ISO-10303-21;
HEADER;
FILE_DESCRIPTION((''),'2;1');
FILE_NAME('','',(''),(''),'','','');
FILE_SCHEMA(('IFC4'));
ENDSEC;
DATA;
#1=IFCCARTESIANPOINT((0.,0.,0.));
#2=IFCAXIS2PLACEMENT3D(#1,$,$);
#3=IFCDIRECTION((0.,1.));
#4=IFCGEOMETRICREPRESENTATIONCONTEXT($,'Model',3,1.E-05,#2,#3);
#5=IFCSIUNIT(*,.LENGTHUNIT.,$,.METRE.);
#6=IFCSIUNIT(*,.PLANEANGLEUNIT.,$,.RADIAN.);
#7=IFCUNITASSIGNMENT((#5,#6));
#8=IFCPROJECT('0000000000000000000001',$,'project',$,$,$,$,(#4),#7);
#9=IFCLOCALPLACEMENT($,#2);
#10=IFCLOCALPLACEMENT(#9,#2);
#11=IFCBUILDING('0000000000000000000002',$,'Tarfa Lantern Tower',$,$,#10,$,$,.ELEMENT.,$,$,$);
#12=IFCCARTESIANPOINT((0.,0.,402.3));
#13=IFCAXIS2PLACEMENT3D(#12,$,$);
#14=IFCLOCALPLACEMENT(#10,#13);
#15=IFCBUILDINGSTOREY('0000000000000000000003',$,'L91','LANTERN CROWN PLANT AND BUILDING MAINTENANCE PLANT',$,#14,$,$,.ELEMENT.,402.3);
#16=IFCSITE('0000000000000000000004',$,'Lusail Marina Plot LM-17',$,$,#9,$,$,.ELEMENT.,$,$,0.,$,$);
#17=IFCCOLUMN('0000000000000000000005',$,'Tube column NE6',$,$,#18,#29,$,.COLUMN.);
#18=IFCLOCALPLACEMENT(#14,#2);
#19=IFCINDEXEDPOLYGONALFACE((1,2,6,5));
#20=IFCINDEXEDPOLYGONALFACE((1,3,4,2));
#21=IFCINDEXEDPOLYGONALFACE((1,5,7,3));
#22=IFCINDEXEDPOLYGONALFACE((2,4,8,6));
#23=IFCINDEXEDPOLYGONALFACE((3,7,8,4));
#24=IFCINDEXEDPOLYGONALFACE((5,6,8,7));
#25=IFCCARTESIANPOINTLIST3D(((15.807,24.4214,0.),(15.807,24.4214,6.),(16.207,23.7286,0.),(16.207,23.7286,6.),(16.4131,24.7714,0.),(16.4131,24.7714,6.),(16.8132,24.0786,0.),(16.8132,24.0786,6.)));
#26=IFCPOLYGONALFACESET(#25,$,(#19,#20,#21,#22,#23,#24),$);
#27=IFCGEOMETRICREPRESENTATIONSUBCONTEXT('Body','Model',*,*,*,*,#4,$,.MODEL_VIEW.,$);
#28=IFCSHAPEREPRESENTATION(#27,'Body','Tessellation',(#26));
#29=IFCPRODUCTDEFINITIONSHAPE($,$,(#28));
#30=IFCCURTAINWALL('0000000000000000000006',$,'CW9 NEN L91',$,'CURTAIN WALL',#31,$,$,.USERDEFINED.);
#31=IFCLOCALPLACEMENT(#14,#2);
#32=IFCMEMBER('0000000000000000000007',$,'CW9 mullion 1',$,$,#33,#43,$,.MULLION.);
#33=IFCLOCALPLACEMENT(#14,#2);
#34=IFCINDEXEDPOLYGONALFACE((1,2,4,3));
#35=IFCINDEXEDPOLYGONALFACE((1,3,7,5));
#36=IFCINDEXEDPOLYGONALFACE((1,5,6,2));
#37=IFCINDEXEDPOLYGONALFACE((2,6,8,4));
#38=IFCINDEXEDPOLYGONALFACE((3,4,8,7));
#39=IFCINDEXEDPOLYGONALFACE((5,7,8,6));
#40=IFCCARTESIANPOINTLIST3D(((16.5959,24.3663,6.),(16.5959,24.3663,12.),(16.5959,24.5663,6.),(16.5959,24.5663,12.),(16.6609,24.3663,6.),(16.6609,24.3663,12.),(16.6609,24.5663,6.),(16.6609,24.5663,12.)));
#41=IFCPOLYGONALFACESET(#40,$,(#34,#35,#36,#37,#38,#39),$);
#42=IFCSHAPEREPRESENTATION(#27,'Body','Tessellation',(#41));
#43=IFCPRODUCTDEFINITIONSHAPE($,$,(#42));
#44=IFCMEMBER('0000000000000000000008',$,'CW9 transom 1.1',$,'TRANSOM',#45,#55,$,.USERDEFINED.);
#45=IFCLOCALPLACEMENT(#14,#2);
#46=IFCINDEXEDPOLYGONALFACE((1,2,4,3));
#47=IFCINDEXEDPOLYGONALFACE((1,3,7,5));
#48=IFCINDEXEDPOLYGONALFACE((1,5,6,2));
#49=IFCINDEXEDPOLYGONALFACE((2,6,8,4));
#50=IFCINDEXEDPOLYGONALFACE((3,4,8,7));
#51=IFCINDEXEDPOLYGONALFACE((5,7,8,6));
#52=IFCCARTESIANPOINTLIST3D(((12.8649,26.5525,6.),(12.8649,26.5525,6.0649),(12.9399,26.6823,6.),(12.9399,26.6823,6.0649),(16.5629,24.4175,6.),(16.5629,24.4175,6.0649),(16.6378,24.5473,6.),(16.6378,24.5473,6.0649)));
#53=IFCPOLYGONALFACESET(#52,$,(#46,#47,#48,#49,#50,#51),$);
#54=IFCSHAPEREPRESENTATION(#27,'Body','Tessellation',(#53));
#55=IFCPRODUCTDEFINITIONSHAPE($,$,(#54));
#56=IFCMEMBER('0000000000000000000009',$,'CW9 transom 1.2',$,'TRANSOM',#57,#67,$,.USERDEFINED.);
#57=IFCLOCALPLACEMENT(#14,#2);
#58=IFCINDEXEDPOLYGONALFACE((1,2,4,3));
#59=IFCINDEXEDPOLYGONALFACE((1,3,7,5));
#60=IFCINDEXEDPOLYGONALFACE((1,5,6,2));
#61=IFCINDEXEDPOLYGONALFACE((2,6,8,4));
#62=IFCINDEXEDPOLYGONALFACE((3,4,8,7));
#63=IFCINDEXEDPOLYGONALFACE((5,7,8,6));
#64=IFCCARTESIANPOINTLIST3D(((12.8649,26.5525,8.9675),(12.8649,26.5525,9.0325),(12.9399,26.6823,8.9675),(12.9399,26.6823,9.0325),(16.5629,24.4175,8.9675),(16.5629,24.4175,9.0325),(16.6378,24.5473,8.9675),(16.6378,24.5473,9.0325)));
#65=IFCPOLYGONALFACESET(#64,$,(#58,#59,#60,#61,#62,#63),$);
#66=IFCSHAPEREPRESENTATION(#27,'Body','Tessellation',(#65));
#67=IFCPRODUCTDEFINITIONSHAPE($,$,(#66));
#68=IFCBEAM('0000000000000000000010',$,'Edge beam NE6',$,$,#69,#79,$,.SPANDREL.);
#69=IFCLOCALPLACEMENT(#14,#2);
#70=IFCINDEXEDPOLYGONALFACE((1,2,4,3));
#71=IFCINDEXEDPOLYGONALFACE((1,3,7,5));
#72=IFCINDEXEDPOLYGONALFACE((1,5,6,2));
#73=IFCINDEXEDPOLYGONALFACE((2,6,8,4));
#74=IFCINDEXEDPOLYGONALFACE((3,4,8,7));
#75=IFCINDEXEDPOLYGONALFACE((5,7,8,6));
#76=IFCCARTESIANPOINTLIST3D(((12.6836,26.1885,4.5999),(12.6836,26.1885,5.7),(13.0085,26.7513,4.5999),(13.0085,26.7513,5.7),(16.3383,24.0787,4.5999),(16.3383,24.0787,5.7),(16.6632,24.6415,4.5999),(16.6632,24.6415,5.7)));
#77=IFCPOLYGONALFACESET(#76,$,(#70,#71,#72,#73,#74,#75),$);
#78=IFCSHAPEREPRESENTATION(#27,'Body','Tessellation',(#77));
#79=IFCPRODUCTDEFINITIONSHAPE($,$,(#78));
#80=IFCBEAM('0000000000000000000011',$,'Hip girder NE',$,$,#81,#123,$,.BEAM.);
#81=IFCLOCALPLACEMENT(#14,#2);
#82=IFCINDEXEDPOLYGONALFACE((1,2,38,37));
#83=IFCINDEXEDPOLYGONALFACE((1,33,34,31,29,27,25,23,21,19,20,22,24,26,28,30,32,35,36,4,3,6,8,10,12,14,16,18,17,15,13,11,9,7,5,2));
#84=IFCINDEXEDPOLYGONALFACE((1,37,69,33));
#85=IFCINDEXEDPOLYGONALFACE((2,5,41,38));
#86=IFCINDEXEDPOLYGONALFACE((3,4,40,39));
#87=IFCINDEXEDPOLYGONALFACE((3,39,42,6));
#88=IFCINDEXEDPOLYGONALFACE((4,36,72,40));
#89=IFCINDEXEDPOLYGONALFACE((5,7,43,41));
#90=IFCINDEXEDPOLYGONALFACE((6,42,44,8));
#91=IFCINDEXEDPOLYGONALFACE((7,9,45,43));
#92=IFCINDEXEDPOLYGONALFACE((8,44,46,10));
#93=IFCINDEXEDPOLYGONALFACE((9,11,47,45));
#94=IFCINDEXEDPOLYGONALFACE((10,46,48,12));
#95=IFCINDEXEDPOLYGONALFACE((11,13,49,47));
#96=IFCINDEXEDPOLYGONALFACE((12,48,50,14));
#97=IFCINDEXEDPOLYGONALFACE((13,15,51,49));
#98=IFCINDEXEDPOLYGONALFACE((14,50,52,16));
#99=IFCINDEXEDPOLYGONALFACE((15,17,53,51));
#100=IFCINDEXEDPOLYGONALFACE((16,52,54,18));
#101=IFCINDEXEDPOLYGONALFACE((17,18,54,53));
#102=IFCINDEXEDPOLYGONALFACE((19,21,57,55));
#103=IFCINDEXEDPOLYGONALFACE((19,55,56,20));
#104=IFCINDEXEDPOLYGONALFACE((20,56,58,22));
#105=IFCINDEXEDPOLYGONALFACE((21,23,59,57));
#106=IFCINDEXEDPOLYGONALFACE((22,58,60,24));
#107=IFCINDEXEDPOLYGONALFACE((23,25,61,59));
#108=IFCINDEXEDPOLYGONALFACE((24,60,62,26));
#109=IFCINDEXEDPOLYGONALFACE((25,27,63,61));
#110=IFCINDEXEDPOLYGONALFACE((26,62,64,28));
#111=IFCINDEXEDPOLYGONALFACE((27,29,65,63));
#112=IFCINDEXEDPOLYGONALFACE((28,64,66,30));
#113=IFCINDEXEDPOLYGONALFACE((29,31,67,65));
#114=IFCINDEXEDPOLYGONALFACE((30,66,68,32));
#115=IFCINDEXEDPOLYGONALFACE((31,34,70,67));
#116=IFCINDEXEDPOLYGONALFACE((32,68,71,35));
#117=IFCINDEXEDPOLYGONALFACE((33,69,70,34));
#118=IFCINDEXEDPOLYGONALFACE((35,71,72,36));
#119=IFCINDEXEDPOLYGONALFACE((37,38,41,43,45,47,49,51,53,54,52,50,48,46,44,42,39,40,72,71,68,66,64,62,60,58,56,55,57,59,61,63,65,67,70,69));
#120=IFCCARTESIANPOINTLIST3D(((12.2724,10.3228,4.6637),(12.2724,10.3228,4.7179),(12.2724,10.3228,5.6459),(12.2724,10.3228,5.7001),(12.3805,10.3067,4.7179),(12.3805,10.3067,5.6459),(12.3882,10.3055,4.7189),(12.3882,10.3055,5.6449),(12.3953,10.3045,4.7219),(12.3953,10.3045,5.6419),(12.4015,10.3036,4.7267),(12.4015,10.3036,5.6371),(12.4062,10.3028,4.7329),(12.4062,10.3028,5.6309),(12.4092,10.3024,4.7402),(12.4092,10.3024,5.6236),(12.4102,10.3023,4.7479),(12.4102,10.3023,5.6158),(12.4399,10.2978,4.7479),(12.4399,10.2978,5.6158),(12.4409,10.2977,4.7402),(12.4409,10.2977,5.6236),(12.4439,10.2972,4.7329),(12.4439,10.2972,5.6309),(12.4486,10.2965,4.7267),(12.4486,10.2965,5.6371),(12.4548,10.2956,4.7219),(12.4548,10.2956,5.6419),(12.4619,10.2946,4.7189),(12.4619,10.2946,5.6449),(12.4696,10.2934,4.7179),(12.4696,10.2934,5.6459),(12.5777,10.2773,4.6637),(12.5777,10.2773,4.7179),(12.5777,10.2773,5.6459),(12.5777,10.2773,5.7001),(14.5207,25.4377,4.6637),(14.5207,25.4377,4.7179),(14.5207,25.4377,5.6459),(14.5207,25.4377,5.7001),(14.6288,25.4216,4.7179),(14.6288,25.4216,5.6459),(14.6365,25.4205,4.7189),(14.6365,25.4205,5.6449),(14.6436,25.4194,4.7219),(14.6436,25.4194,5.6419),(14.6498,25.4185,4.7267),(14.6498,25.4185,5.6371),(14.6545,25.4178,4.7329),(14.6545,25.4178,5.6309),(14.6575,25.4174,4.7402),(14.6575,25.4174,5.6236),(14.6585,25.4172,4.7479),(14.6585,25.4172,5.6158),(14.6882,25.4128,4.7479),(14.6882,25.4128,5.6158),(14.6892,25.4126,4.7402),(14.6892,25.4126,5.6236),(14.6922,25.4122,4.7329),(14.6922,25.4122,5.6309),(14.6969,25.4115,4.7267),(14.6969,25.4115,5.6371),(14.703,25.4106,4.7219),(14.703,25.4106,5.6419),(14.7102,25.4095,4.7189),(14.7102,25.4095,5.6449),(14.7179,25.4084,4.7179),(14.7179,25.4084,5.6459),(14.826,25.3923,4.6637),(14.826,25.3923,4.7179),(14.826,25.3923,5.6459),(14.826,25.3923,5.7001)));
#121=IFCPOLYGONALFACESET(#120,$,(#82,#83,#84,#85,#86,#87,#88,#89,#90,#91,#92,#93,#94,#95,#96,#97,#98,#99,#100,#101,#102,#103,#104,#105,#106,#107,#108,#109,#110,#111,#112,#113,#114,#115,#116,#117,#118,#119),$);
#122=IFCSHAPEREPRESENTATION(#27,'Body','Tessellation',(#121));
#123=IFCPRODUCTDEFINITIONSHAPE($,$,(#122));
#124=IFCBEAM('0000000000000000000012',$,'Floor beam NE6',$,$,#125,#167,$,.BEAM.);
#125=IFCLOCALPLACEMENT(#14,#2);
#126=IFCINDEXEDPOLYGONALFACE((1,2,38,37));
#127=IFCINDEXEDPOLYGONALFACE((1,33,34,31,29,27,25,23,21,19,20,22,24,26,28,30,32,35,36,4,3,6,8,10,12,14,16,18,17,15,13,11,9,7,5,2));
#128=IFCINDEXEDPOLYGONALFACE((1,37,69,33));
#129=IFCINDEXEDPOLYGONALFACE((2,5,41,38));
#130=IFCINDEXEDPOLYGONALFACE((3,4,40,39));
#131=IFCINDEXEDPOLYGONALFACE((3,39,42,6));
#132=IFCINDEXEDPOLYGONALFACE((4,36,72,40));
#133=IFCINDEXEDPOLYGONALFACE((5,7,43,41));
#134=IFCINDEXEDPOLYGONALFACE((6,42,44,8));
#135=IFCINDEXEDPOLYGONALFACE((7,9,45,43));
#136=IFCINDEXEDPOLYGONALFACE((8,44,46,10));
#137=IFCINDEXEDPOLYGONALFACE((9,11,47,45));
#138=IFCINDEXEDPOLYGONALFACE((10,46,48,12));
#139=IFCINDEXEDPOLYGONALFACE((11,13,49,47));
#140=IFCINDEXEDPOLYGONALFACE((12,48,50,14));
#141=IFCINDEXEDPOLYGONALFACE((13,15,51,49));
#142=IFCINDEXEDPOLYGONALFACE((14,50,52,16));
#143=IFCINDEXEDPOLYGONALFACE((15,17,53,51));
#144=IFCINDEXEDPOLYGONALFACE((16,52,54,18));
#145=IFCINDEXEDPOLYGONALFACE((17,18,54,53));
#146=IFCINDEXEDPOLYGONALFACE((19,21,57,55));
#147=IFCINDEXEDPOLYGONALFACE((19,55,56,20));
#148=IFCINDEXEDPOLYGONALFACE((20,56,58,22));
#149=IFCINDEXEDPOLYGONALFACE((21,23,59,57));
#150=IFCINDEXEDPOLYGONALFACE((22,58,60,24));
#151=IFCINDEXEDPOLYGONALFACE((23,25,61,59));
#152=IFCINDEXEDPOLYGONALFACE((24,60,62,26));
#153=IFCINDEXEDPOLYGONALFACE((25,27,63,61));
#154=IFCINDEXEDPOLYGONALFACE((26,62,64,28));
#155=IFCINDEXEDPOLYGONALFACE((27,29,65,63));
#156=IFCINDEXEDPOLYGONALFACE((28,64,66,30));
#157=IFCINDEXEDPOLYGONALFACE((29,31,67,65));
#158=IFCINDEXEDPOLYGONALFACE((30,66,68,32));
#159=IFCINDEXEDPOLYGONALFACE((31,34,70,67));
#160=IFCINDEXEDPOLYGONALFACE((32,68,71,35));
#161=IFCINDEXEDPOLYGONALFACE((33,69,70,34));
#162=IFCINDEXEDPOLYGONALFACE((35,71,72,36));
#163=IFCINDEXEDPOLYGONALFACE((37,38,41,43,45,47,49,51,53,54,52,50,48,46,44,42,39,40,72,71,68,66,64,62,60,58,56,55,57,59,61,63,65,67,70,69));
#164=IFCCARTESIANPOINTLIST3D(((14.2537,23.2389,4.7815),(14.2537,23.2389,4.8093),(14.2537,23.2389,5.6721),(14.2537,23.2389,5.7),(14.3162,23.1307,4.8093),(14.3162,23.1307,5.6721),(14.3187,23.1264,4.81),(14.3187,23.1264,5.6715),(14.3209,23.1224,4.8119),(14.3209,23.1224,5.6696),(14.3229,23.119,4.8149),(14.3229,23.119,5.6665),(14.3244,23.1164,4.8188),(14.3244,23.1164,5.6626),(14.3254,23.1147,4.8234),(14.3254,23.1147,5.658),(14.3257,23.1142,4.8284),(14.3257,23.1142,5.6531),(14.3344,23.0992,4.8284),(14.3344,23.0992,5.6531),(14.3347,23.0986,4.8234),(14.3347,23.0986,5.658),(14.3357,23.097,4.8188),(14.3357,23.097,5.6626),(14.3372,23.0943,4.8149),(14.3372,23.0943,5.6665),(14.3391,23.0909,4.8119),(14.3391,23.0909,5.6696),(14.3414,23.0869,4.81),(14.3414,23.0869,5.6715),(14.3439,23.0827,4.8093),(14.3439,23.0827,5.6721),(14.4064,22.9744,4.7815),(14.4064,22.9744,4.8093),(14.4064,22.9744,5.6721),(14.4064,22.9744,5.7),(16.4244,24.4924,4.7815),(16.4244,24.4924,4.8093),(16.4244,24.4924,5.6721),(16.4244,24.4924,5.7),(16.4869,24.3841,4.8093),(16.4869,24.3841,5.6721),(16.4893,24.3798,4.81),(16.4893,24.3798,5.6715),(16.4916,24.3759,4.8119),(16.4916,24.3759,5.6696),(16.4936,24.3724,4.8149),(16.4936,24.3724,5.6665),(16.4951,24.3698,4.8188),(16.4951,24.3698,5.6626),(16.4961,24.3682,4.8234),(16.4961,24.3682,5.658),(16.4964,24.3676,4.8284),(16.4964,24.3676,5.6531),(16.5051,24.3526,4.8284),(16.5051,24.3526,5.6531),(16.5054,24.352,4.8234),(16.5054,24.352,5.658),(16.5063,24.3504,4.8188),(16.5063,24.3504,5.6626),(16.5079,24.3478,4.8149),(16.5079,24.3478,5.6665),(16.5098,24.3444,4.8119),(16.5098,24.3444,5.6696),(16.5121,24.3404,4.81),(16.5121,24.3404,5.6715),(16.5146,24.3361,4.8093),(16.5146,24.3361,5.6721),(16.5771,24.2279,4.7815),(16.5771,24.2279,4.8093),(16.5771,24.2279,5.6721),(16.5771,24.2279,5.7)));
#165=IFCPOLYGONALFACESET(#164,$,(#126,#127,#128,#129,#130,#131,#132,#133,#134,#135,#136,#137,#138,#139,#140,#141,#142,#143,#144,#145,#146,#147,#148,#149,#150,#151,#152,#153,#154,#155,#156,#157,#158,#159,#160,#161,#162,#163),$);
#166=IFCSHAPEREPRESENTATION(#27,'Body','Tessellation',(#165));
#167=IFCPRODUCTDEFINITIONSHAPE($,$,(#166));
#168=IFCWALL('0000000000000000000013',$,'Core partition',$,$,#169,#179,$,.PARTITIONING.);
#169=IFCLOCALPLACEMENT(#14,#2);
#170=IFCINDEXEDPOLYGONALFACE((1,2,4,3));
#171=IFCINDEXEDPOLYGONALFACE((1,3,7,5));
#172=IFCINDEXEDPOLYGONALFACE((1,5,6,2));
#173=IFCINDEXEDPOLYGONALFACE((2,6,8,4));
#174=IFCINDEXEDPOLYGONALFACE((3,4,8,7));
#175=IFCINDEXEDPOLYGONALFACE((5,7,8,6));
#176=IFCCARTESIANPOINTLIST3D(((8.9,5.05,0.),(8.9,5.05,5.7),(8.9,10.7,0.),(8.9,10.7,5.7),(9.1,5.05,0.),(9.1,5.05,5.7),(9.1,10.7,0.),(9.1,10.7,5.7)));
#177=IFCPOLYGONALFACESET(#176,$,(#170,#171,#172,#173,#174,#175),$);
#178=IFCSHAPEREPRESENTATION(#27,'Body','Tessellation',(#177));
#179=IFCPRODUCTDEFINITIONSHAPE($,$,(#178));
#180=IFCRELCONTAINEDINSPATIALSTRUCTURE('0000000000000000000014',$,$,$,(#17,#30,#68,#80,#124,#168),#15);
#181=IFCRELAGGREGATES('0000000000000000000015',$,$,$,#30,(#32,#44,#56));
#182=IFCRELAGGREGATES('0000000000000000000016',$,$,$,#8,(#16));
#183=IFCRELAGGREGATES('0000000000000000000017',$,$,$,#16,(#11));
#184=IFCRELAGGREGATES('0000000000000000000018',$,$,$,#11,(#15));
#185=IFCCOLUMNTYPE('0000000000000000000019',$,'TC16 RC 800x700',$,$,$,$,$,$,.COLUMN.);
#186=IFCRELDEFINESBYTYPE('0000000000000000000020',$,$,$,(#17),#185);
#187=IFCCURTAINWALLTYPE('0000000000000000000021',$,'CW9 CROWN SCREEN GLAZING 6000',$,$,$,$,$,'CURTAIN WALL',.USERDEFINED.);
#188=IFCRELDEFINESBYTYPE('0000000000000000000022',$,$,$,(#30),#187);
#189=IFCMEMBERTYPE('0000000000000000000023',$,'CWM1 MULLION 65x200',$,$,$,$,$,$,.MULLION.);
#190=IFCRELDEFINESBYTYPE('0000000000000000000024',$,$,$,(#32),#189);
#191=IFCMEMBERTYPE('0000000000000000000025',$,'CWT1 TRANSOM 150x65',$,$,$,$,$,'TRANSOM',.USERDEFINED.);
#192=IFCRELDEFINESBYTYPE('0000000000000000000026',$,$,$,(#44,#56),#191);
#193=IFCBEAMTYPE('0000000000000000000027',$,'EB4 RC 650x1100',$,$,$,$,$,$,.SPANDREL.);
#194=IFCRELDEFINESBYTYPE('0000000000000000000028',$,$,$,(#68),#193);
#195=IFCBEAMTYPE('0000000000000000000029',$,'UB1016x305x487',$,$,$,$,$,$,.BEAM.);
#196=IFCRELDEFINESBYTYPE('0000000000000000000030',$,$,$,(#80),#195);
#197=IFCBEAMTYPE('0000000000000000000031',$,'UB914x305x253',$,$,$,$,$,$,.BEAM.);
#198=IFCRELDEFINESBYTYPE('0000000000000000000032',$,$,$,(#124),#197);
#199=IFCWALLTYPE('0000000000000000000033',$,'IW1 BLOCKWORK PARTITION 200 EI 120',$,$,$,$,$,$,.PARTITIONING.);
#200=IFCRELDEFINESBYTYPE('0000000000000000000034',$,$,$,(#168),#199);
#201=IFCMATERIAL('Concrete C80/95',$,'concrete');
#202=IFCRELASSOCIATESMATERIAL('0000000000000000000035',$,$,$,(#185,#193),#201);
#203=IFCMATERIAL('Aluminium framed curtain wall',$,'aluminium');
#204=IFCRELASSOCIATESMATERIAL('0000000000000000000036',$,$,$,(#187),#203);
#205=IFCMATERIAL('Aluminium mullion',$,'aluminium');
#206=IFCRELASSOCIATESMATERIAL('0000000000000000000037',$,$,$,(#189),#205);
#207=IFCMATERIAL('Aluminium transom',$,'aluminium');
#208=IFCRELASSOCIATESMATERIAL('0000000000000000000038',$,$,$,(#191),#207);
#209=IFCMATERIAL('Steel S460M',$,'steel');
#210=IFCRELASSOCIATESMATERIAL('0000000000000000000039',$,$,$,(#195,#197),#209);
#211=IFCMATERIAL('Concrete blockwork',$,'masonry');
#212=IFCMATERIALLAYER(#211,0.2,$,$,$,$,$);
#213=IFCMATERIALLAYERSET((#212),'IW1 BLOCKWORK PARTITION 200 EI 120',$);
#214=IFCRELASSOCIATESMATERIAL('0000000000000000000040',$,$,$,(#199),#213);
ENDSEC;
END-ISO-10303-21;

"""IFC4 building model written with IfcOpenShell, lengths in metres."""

from ifc_helpers import new_model, si_unit, direction, frame, frame_2d, origin, origin_2d, place, context, subcontext, project, spatial, rectangle, i_section, extrude, material, layer, layer_set, material_profile, profile_set, type_object, element, aggregate, save


model = new_model("IFC4")

# Units and contexts
model_context = context("Model", 3, precision=1e-05, world=origin(), true_north=direction((0.0, 1.0)))
body_context = subcontext(model_context, "Body", "Model", "MODEL_VIEW")
ifc_project = project(units=[si_unit("LENGTHUNIT", "METRE"), si_unit("PLANEANGLEUNIT", "RADIAN")], contexts=[model_context])

# Site, building, storey
site_placement = place(None, origin())
site = spatial("IfcSite", under=ifc_project, at=site_placement, Name="Lusail Marina Plot LM-17", CompositionType="ELEMENT", RefElevation=0.0)
building_placement = place(site_placement, origin())
building = spatial("IfcBuilding", under=site, at=building_placement, Name="Tarfa Lantern Tower", CompositionType="ELEMENT")
storey_placement = place(building_placement, frame((0.0, 0.0, 402.3)))
storey = spatial("IfcBuildingStorey", under=building, at=storey_placement, Name="L91", Description="LANTERN CROWN PLANT AND BUILDING MAINTENANCE PLANT", CompositionType="ELEMENT", Elevation=402.3)

# Column
ifc_material_1 = material(Name="Concrete C80/95", Category="concrete")
ifc_material_profile_1 = material_profile(ifc_material_1, rectangle(XDim=0.8, YDim=0.7, at=origin_2d()), Name="RC 800x700")
ifc_profile_set_1 = profile_set([ifc_material_profile_1], Name="Concrete C80/95")
column_type = type_object("IfcColumnType", Name="TC16 RC 800x700", PredefinedType="COLUMN", material=ifc_profile_set_1)
column_placement = place(storey_placement, frame((16.3101, 24.25, 0.0), z_axis=(0.0, 0.0, 1.0), x_axis=(-0.5, 0.866025, 0.0)))
element("IfcColumn", 1, at=column_placement, inside=storey, type_object=column_type, Name="Tube column NE6", PredefinedType="COLUMN", context=body_context, shape_type="SweptSolid", body=[
    extrude(rectangle(XDim=0.8, YDim=0.7, at=origin_2d()), origin(), (0.0, 0.0, 1.0), 6.0),
])

# Curtain wall, members
ifc_material_2 = material(Name="Aluminium framed curtain wall", Category="aluminium")
curtain_wall_type = type_object("IfcCurtainWallType", Name="CW9 CROWN SCREEN GLAZING 6000", ElementType="CURTAIN WALL", PredefinedType="USERDEFINED", material=ifc_material_2)
curtain_wall_placement = place(storey_placement, origin())
curtain_wall = element("IfcCurtainWall", 2, at=curtain_wall_placement, inside=storey, type_object=curtain_wall_type, Name="CW9 NEN L91", ObjectType="CURTAIN WALL", PredefinedType="USERDEFINED")
ifc_material_3 = material(Name="Aluminium mullion", Category="aluminium")
ifc_material_profile_2 = material_profile(ifc_material_3, rectangle(XDim=0.0649, YDim=0.2, at=origin_2d()), Name="AL MULLION 65x200")
ifc_profile_set_2 = profile_set([ifc_material_profile_2], Name="Aluminium mullion")
member_type_1 = type_object("IfcMemberType", Name="CWM1 MULLION 65x200", PredefinedType="MULLION", material=ifc_profile_set_2)
member_1_placement = place(storey_placement, frame((16.6284, 24.4663, 6.0), z_axis=(0.0, 0.0, 1.0), x_axis=(1.0, 0.0, 0.0)))
member_1 = element("IfcMember", 3, at=member_1_placement, type_object=member_type_1, Name="CW9 mullion 1", PredefinedType="MULLION", context=body_context, shape_type="SweptSolid", body=[
    extrude(rectangle(XDim=0.0649, YDim=0.2, at=origin_2d()), origin(), (0.0, 0.0, 1.0), 6.0),
])
ifc_material_4 = material(Name="Aluminium transom", Category="aluminium")
ifc_material_profile_3 = material_profile(ifc_material_4, rectangle(XDim=0.1499, YDim=0.0649, at=origin_2d()), Name="AL TRANSOM 150x65")
ifc_profile_set_3 = profile_set([ifc_material_profile_3], Name="Aluminium transom")
member_type_2 = type_object("IfcMemberType", Name="CWT1 TRANSOM 150x65", ElementType="TRANSOM", PredefinedType="USERDEFINED", material=ifc_profile_set_3)
member_2_placement = place(storey_placement, frame((16.6003, 24.4824, 6.0325), z_axis=(-0.866028, 0.499995, 0.0), x_axis=(-0.499995, -0.866028, 0.0)))
member_2 = element("IfcMember", 4, at=member_2_placement, type_object=member_type_2, Name="CW9 transom 1.1", ObjectType="TRANSOM", PredefinedType="USERDEFINED", context=body_context, shape_type="SweptSolid", body=[
    extrude(rectangle(XDim=0.1499, YDim=0.0649, at=origin_2d()), origin(), (0.0, 0.0, 1.0), 4.27),
])
member_3_placement = place(storey_placement, frame((16.6003, 24.4824, 9.0), z_axis=(-0.866028, 0.499995, 0.0), x_axis=(-0.499995, -0.866028, 0.0)))
member_3 = element("IfcMember", 5, at=member_3_placement, type_object=member_type_2, Name="CW9 transom 1.2", ObjectType="TRANSOM", PredefinedType="USERDEFINED", context=body_context, shape_type="SweptSolid", body=[
    extrude(rectangle(XDim=0.1499, YDim=0.0649, at=origin_2d()), origin(), (0.0, 0.0, 1.0), 4.27),
])
aggregate(curtain_wall, [member_1, member_2, member_3])

# Beams
ifc_material_profile_4 = material_profile(ifc_material_1, rectangle(XDim=0.6499, YDim=1.1001, at=origin_2d()), Name="RC 650x1100")
ifc_profile_set_4 = profile_set([ifc_material_profile_4], Name="Concrete C80/95")
beam_type_1 = type_object("IfcBeamType", Name="EB4 RC 650x1100", PredefinedType="SPANDREL", material=ifc_profile_set_4)
beam_1_placement = place(storey_placement, frame((16.5007, 24.3601, 5.1499), z_axis=(-0.866049, 0.499959, 0.0), x_axis=(-0.499959, -0.866049, 0.0)))
element("IfcBeam", 6, at=beam_1_placement, inside=storey, type_object=beam_type_1, Name="Edge beam NE6", PredefinedType="SPANDREL", context=body_context, shape_type="SweptSolid", body=[
    extrude(rectangle(XDim=0.6499, YDim=1.1001, at=origin_2d()), origin(), (0.0, 0.0, 1.0), 4.22),
])
ifc_material_5 = material(Name="Steel S460M", Category="steel")
ifc_material_profile_5 = material_profile(ifc_material_5, i_section(OverallWidth=0.3086, OverallDepth=1.0364, WebThickness=0.03, FlangeThickness=0.0542, FilletRadius=0.03, at=origin_2d()), Name="UB1016x305x487")
ifc_profile_set_5 = profile_set([ifc_material_profile_5], Name="Steel S460M")
beam_type_2 = type_object("IfcBeamType", Name="UB1016x305x487", PredefinedType="BEAM", material=ifc_profile_set_5)
beam_2_placement = place(storey_placement, frame((12.425, 10.3, 5.1819), z_axis=(0.147127, 0.989118, 0.0), x_axis=(-0.989118, 0.147127, 0.0)))
element("IfcBeam", 7, at=beam_2_placement, inside=storey, type_object=beam_type_2, Name="Hip girder NE", PredefinedType="BEAM", context=body_context, shape_type="SweptSolid", body=[
    extrude(i_section(OverallWidth=0.3086, OverallDepth=1.0364, WebThickness=0.03, FlangeThickness=0.0542, FilletRadius=0.03, at=origin_2d()), origin(), (0.0, 0.0, 1.0), 15.2812),
])
ifc_material_profile_6 = material_profile(ifc_material_5, i_section(OverallWidth=0.3054, OverallDepth=0.9185, WebThickness=0.0173, FlangeThickness=0.0278, FilletRadius=0.019, at=origin_2d()), Name="UB914x305x253")
ifc_profile_set_6 = profile_set([ifc_material_profile_6], Name="Steel S460M")
beam_type_3 = type_object("IfcBeamType", Name="UB914x305x253", PredefinedType="BEAM", material=ifc_profile_set_6)
beam_3_placement = place(storey_placement, frame((16.5007, 24.3601, 5.2407), z_axis=(-0.865993, -0.500057, 0.0), x_axis=(0.500057, -0.865993, 0.0)))
element("IfcBeam", 8, at=beam_3_placement, inside=storey, type_object=beam_type_3, Name="Floor beam NE6", PredefinedType="BEAM", context=body_context, shape_type="SweptSolid", body=[
    extrude(i_section(OverallWidth=0.3054, OverallDepth=0.9185, WebThickness=0.0173, FlangeThickness=0.0278, FilletRadius=0.019, at=origin_2d()), origin(), (0.0, 0.0, 1.0), 2.5066),
])

# Wall
ifc_material_6 = material(Name="Concrete blockwork", Category="masonry")
ifc_layer_1 = layer(ifc_material_6, 0.2)
ifc_layer_set_1 = layer_set([ifc_layer_1], Name="IW1 BLOCKWORK PARTITION 200 EI 120")
wall_type_1 = type_object("IfcWallType", Name="IW1 BLOCKWORK PARTITION 200 EI 120", PredefinedType="PARTITIONING", material=ifc_layer_set_1)
for number, where, z_axis, x_axis, name in (
    (9, (9.0, 5.05, 0.0), (0.0, 0.0, 1.0), (0.0, 1.0, 0.0), "Core partition"),
):
    element("IfcWall", number, at=place(storey_placement, frame(where, z_axis=z_axis, x_axis=x_axis)), inside=storey, type_object=wall_type_1, Name=name, PredefinedType="PARTITIONING", context=body_context, shape_type="SweptSolid", body=[
        extrude(rectangle(XDim=5.6499, YDim=0.2, at=frame_2d((2.825, 0.0))), origin(), (0.0, 0.0, 1.0), 5.7),
    ])

save(model, "model.ifc")
